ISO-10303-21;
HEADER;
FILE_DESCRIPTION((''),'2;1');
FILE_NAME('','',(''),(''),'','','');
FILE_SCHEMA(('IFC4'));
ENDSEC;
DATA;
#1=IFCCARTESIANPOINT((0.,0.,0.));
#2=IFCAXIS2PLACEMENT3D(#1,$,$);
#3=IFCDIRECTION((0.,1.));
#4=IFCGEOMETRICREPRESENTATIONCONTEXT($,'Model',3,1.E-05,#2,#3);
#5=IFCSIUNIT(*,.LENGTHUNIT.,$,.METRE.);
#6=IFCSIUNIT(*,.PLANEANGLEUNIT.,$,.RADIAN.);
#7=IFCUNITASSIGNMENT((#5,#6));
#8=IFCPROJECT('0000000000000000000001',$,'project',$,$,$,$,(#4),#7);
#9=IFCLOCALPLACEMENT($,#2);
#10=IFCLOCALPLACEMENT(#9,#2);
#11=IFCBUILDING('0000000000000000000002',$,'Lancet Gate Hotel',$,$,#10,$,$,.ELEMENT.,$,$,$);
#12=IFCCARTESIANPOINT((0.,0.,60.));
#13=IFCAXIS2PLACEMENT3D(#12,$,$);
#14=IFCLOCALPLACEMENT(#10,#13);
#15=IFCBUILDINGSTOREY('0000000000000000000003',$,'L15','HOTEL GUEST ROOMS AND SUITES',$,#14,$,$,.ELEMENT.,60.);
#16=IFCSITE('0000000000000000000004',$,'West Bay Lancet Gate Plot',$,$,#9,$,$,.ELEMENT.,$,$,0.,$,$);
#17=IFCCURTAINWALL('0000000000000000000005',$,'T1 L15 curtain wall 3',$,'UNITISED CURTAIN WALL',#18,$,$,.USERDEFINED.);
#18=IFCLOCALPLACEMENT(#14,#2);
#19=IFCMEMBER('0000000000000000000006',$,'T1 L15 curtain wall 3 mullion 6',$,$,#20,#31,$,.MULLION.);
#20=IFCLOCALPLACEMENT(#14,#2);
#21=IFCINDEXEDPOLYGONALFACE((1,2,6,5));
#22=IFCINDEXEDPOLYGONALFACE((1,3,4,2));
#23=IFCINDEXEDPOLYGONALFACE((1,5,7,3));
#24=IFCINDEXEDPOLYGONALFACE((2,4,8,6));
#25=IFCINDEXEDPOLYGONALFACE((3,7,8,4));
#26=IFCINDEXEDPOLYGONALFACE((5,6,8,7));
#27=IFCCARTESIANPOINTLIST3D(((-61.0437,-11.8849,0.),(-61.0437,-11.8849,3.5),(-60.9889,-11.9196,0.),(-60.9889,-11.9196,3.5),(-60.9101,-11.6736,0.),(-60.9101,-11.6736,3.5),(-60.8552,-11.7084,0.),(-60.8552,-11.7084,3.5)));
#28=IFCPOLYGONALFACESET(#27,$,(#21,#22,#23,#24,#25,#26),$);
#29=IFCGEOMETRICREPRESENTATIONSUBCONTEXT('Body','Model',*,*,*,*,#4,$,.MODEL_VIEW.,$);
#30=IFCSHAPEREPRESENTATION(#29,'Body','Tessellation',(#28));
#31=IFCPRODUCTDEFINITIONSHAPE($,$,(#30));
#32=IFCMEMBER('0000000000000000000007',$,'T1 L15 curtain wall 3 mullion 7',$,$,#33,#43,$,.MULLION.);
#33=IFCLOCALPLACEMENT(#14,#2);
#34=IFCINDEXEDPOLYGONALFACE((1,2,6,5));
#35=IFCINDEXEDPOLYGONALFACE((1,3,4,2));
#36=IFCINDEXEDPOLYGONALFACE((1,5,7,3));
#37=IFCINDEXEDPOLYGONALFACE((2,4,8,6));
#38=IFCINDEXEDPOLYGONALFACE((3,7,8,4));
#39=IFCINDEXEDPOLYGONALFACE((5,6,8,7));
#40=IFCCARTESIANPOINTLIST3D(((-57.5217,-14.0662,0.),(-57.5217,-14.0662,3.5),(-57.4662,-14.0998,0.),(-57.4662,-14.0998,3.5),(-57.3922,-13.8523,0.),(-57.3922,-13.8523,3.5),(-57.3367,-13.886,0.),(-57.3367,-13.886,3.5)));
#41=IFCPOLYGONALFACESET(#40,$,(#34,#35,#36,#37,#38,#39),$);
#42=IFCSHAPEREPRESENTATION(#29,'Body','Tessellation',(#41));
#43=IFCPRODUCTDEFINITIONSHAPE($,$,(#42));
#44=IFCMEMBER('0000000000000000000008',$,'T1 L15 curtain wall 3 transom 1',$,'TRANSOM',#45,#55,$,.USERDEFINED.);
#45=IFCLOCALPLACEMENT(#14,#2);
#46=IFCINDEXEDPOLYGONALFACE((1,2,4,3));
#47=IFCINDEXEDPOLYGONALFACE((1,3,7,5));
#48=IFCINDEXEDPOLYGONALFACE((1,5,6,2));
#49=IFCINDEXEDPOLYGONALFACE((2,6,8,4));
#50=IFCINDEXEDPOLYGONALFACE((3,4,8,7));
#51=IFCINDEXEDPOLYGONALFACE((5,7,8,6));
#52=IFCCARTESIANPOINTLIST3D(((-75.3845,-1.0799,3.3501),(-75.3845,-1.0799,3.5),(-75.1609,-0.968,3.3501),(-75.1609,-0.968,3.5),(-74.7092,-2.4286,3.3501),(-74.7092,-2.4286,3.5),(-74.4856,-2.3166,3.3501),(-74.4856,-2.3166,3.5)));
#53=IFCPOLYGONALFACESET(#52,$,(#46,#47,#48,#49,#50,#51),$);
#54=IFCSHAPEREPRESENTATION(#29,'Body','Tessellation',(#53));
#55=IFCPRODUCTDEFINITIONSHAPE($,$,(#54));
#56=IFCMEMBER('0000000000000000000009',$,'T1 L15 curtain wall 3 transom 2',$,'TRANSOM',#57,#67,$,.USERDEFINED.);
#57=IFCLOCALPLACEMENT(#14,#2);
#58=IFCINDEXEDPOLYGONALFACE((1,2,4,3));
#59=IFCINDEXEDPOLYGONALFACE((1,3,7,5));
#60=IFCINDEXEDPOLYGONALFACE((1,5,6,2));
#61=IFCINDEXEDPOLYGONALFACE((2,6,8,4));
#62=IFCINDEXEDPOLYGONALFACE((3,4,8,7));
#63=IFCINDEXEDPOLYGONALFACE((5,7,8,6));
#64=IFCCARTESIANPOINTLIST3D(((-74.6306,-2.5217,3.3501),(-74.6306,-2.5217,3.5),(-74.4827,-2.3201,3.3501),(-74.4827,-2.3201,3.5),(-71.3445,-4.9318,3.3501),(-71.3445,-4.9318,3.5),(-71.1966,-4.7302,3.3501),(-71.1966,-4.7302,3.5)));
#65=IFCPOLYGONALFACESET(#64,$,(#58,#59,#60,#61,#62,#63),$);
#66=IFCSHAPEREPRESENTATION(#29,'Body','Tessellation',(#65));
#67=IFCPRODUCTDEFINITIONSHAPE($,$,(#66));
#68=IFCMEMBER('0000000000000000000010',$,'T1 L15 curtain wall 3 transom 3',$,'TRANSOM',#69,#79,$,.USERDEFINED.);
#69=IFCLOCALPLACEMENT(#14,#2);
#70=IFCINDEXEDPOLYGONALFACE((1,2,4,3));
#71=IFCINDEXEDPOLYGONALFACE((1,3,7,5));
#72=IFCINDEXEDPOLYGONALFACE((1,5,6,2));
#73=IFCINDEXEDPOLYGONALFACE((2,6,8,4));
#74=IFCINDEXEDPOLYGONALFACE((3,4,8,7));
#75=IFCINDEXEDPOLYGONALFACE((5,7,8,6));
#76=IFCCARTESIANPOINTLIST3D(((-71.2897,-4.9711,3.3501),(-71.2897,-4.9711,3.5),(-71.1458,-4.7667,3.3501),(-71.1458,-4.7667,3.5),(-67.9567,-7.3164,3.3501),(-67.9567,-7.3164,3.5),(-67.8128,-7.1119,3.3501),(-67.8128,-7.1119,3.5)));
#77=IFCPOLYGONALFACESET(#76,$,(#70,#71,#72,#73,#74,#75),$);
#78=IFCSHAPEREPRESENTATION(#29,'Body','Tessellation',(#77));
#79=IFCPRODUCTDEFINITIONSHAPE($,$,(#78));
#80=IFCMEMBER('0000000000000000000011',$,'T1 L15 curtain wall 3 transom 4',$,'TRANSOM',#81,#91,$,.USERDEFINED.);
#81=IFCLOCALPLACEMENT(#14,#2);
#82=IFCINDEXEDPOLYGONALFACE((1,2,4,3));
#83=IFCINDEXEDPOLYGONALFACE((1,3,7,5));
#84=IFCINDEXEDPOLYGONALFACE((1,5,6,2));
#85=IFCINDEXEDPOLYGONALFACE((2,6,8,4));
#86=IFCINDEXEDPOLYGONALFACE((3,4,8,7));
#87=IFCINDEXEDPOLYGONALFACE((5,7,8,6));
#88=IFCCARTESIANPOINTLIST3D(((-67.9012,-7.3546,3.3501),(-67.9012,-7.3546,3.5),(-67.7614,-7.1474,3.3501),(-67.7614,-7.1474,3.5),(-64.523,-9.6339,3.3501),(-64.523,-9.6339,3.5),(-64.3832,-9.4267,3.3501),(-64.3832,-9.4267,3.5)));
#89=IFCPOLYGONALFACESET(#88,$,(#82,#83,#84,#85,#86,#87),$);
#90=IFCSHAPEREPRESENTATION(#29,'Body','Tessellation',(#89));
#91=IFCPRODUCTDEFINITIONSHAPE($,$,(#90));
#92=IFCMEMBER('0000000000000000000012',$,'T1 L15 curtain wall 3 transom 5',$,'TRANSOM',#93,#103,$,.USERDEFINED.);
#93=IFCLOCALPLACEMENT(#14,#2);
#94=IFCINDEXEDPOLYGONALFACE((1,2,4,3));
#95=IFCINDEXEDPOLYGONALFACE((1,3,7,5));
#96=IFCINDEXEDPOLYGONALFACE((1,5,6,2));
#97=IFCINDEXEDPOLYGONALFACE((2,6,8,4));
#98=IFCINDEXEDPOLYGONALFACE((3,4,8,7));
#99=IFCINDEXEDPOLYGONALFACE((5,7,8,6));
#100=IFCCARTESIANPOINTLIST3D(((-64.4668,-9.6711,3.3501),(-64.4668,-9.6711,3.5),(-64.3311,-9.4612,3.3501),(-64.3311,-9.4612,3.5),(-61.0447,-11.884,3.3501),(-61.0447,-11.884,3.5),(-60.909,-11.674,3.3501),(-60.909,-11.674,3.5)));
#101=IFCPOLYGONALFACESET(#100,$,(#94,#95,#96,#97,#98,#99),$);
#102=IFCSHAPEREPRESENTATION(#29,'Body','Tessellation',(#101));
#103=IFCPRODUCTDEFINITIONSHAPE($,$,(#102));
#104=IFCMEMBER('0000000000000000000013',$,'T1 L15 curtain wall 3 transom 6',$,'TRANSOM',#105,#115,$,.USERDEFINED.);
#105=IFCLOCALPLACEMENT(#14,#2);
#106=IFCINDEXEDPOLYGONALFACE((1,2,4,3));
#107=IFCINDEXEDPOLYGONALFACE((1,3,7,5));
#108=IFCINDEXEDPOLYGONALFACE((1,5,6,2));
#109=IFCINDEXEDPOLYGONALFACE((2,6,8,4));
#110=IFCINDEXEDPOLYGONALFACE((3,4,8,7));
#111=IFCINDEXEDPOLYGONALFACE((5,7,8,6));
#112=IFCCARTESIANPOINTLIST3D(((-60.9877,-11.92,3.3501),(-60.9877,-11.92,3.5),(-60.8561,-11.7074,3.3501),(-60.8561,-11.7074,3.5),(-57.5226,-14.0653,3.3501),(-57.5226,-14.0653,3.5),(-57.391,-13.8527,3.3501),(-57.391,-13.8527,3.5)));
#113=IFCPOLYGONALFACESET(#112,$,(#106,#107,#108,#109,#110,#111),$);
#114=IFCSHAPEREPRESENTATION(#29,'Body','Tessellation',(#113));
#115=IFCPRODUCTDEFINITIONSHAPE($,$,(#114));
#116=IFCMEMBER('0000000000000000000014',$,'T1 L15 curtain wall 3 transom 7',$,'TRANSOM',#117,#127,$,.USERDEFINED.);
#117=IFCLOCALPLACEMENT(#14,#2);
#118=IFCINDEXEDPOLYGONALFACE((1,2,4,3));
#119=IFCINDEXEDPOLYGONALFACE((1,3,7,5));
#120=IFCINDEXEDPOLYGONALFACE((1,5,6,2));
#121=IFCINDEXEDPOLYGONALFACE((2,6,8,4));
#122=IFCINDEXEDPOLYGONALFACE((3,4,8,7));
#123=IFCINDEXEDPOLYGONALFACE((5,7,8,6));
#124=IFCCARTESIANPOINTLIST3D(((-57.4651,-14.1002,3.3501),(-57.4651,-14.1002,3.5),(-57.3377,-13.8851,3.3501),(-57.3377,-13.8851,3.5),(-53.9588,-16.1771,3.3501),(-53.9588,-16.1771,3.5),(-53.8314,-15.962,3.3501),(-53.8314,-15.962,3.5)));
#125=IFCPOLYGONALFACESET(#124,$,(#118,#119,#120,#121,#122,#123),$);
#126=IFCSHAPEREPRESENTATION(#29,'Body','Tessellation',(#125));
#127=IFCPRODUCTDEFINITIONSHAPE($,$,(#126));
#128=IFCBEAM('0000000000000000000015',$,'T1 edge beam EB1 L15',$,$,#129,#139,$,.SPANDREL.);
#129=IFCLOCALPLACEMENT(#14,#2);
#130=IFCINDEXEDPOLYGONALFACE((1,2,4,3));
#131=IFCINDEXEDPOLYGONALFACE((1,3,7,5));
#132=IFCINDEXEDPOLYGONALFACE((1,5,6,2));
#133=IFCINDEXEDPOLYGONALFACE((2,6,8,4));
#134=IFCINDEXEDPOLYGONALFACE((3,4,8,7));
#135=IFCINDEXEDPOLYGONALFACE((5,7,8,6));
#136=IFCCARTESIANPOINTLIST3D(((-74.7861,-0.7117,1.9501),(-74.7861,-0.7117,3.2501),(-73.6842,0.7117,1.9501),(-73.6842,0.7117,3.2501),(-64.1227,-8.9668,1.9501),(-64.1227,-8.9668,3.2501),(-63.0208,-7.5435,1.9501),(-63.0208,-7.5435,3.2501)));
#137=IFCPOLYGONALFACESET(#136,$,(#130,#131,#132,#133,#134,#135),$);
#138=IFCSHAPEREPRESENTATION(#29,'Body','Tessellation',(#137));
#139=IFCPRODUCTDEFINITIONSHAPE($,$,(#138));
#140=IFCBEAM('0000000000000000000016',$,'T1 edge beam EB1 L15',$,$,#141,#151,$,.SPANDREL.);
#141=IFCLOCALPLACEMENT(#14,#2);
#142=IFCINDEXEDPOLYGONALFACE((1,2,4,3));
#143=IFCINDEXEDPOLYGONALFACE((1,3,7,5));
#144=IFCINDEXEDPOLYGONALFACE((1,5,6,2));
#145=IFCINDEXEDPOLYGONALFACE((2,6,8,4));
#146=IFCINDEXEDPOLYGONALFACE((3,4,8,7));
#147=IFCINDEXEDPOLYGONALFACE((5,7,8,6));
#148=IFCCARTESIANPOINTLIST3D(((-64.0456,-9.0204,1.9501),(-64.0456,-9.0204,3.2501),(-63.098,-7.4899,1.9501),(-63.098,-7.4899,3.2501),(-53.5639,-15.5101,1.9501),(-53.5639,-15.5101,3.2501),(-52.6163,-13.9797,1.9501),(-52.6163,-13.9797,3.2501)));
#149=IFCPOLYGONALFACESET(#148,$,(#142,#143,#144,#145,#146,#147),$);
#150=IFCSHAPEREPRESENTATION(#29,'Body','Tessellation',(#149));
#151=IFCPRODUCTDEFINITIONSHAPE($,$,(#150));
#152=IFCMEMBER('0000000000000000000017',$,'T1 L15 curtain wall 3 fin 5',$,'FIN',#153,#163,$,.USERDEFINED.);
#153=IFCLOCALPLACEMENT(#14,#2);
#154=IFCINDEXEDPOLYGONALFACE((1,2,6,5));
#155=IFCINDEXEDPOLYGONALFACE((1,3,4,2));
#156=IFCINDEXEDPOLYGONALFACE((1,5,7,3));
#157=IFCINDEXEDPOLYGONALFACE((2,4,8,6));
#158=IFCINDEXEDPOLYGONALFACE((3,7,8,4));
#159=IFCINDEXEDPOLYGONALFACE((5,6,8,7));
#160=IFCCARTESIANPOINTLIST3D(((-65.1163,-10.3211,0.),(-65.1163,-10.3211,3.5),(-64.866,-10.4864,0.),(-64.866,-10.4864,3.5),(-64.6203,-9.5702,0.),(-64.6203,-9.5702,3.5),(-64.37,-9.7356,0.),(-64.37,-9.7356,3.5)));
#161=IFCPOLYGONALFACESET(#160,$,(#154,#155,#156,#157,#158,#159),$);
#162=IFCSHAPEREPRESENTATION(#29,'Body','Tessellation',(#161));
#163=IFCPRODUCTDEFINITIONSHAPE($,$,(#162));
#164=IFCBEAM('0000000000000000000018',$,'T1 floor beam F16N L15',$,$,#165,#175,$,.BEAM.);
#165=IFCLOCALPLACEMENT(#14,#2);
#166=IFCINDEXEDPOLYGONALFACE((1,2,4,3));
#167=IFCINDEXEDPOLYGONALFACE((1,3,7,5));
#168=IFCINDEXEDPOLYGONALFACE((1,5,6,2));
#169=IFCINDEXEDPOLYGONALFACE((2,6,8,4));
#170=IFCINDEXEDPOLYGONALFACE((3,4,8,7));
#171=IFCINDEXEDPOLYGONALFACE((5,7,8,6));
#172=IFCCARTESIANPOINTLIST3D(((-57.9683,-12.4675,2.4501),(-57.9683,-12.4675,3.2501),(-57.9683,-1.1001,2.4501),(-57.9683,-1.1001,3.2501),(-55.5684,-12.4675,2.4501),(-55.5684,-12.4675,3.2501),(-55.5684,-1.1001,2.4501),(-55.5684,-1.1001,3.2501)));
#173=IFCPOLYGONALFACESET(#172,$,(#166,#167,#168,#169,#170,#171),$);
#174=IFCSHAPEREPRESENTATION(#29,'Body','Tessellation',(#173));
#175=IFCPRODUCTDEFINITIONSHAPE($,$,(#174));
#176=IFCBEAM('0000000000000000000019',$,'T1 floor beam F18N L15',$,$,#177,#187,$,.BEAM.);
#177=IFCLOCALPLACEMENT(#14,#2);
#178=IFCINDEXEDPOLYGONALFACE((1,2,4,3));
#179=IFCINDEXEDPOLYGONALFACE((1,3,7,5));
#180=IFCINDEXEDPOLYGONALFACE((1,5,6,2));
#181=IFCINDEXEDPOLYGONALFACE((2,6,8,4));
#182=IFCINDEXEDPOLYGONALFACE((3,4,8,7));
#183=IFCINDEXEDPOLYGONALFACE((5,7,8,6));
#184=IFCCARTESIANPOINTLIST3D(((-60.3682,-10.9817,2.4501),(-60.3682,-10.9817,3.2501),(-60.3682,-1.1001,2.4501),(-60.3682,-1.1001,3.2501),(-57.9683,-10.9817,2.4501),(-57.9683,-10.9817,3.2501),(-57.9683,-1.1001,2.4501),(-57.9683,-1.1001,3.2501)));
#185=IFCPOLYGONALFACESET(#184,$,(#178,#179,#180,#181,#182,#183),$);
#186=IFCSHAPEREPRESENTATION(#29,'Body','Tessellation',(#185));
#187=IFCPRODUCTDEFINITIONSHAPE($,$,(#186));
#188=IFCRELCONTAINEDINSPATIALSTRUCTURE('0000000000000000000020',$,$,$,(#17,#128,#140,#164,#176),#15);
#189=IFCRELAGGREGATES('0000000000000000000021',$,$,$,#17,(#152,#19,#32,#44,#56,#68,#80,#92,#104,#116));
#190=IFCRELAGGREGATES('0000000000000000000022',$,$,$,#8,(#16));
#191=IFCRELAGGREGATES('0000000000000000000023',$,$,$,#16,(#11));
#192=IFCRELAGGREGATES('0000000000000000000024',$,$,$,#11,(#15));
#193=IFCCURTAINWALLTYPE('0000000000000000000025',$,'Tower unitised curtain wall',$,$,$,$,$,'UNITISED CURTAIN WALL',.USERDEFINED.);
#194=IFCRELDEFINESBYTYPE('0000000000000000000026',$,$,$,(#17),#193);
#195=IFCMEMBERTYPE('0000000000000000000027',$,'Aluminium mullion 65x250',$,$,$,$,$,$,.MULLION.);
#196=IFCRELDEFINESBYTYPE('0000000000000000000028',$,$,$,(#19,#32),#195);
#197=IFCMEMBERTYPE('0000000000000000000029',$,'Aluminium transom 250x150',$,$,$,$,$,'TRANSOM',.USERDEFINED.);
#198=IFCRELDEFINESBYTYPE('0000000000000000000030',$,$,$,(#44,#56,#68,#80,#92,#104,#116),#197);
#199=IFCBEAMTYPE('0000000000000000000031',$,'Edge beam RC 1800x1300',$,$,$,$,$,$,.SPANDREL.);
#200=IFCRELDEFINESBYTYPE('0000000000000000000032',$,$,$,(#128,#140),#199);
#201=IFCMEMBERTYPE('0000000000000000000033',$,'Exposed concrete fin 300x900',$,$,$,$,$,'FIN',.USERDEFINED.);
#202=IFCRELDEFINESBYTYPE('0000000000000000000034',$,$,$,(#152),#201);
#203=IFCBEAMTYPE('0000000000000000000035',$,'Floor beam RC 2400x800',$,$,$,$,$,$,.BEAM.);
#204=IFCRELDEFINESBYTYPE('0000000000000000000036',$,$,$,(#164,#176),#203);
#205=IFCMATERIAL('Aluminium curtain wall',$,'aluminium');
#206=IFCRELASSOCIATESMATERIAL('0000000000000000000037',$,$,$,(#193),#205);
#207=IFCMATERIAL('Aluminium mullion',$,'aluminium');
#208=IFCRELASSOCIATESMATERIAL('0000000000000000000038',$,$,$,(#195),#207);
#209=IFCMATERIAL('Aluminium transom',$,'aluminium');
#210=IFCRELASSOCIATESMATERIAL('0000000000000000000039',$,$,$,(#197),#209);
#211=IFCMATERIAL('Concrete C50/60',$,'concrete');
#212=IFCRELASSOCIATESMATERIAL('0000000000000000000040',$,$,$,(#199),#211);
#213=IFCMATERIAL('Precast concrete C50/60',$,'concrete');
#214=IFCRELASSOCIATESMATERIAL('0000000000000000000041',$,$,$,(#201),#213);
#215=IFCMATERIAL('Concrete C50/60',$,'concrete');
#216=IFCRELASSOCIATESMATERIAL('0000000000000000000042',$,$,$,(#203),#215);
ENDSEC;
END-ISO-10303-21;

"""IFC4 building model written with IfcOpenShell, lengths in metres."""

from ifc_helpers import new_model, si_unit, direction, frame, origin, origin_2d, place, context, subcontext, project, spatial, rectangle, extrude, material, material_profile, profile_set, type_object, element, aggregate, save


model = new_model("IFC4")

# Units and contexts
model_context = context("Model", 3, precision=1e-05, world=origin(), true_north=direction((0.0, 1.0)))
body_context = subcontext(model_context, "Body", "Model", "MODEL_VIEW")
ifc_project = project(units=[si_unit("LENGTHUNIT", "METRE"), si_unit("PLANEANGLEUNIT", "RADIAN")], contexts=[model_context])

# Site, building, storey
site_placement = place(None, origin())
site = spatial("IfcSite", under=ifc_project, at=site_placement, Name="West Bay Lancet Gate Plot", CompositionType="ELEMENT", RefElevation=0.0)
building_placement = place(site_placement, origin())
building = spatial("IfcBuilding", under=site, at=building_placement, Name="Lancet Gate Hotel", CompositionType="ELEMENT")
storey_placement = place(building_placement, frame((0.0, 0.0, 60.0)))
storey = spatial("IfcBuildingStorey", under=building, at=storey_placement, Name="L15", Description="HOTEL GUEST ROOMS AND SUITES", CompositionType="ELEMENT", Elevation=60.0)

# Curtain wall, members
ifc_material_1 = material(Name="Aluminium curtain wall", Category="aluminium")
curtain_wall_type = type_object("IfcCurtainWallType", Name="Tower unitised curtain wall", ElementType="UNITISED CURTAIN WALL", PredefinedType="USERDEFINED", material=ifc_material_1)
curtain_wall_placement = place(storey_placement, origin())
curtain_wall = element("IfcCurtainWall", 1, at=curtain_wall_placement, inside=storey, type_object=curtain_wall_type, Name="T1 L15 curtain wall 3", ObjectType="UNITISED CURTAIN WALL", PredefinedType="USERDEFINED")
ifc_material_2 = material(Name="Aluminium mullion", Category="aluminium")
ifc_material_profile_1 = material_profile(ifc_material_2, rectangle(XDim=0.0649, YDim=0.25, at=origin_2d()), Name="MULLION 65x250")
ifc_profile_set_1 = profile_set([ifc_material_profile_1], Name="Aluminium mullion")
member_type_1 = type_object("IfcMemberType", Name="Aluminium mullion 65x250", PredefinedType="MULLION", material=ifc_profile_set_1)
member_1_placement = place(storey_placement, frame((-60.9495, -11.7966, 0.0), z_axis=(0.0, 0.0, 1.0), x_axis=(0.845029, -0.53472, 0.0)))
member_1 = element("IfcMember", 2, at=member_1_placement, type_object=member_type_1, Name="T1 L15 curtain wall 3 mullion 6", PredefinedType="MULLION", context=body_context, shape_type="SweptSolid", body=[
    extrude(rectangle(XDim=0.0649, YDim=0.25, at=origin_2d()), origin(), (0.0, 0.0, 1.0), 3.5),
])
member_2_placement = place(storey_placement, frame((-57.4292, -13.9761, 0.0), z_axis=(0.0, 0.0, 1.0), x_axis=(0.855346, -0.518057, 0.0)))
member_2 = element("IfcMember", 3, at=member_2_placement, type_object=member_type_1, Name="T1 L15 curtain wall 3 mullion 7", PredefinedType="MULLION", context=body_context, shape_type="SweptSolid", body=[
    extrude(rectangle(XDim=0.0649, YDim=0.25, at=origin_2d()), origin(), (0.0, 0.0, 1.0), 3.5),
])
ifc_material_3 = material(Name="Aluminium transom", Category="aluminium")
ifc_material_profile_2 = material_profile(ifc_material_3, rectangle(XDim=0.25, YDim=0.1499, at=origin_2d()), Name="TRANSOM 250x150")
ifc_profile_set_2 = profile_set([ifc_material_profile_2], Name="Aluminium transom")
member_type_2 = type_object("IfcMemberType", Name="Aluminium transom 250x150", ElementType="TRANSOM", PredefinedType="USERDEFINED", material=ifc_profile_set_2)
member_3_placement = place(storey_placement, frame((-75.2727, -1.0239, 3.425), z_axis=(0.447732, -0.894168, 0.0), x_axis=(0.894168, 0.447732, 0.0)))
member_3 = element("IfcMember", 4, at=member_3_placement, type_object=member_type_2, Name="T1 L15 curtain wall 3 transom 1", ObjectType="TRANSOM", PredefinedType="USERDEFINED", context=body_context, shape_type="SweptSolid", body=[
    extrude(rectangle(XDim=0.25, YDim=0.1499, at=origin_2d()), origin(), (0.0, 0.0, 1.0), 1.5083),
])
member_4_placement = place(storey_placement, frame((-74.5566, -2.4209, 3.425), z_axis=(0.806367, -0.591416, 0.0), x_axis=(0.591416, 0.806367, 0.0)))
member_4 = element("IfcMember", 5, at=member_4_placement, type_object=member_type_2, Name="T1 L15 curtain wall 3 transom 2", ObjectType="TRANSOM", PredefinedType="USERDEFINED", context=body_context, shape_type="SweptSolid", body=[
    extrude(rectangle(XDim=0.25, YDim=0.1499, at=origin_2d()), origin(), (0.0, 0.0, 1.0), 4.0752),
])
member_5_placement = place(storey_placement, frame((-71.2178, -4.8689, 3.425), z_axis=(0.817834, -0.575455, 0.0), x_axis=(0.575455, 0.817834, 0.0)))
member_5 = element("IfcMember", 6, at=member_5_placement, type_object=member_type_2, Name="T1 L15 curtain wall 3 transom 3", ObjectType="TRANSOM", PredefinedType="USERDEFINED", context=body_context, shape_type="SweptSolid", body=[
    extrude(rectangle(XDim=0.25, YDim=0.1499, at=origin_2d()), origin(), (0.0, 0.0, 1.0), 4.0754),
])
member_6_placement = place(storey_placement, frame((-67.8313, -7.251, 3.425), z_axis=(0.828959, -0.559309, 0.0), x_axis=(0.559309, 0.828959, 0.0)))
member_6 = element("IfcMember", 7, at=member_6_placement, type_object=member_type_2, Name="T1 L15 curtain wall 3 transom 4", ObjectType="TRANSOM", PredefinedType="USERDEFINED", context=body_context, shape_type="SweptSolid", body=[
    extrude(rectangle(XDim=0.25, YDim=0.1499, at=origin_2d()), origin(), (0.0, 0.0, 1.0), 4.0752),
])
member_7_placement = place(storey_placement, frame((-64.3989, -9.5662, 3.425), z_axis=(0.839729, -0.543005, 0.0), x_axis=(0.543005, 0.839729, 0.0)))
member_7 = element("IfcMember", 8, at=member_7_placement, type_object=member_type_2, Name="T1 L15 curtain wall 3 transom 5", ObjectType="TRANSOM", PredefinedType="USERDEFINED", context=body_context, shape_type="SweptSolid", body=[
    extrude(rectangle(XDim=0.25, YDim=0.1499, at=origin_2d()), origin(), (0.0, 0.0, 1.0), 4.0752),
])
member_8_placement = place(storey_placement, frame((-60.9219, -11.8137, 3.425), z_axis=(0.850242, -0.526392, 0.0), x_axis=(0.526392, 0.850242, 0.0)))
member_8 = element("IfcMember", 9, at=member_8_placement, type_object=member_type_2, Name="T1 L15 curtain wall 3 transom 6", ObjectType="TRANSOM", PredefinedType="USERDEFINED", context=body_context, shape_type="SweptSolid", body=[
    extrude(rectangle(XDim=0.25, YDim=0.1499, at=origin_2d()), origin(), (0.0, 0.0, 1.0), 4.0754),
])
member_9_placement = place(storey_placement, frame((-57.4014, -13.9927, 3.425), z_axis=(0.860392, -0.509633, 0.0), x_axis=(0.509633, 0.860392, 0.0)))
member_9 = element("IfcMember", 10, at=member_9_placement, type_object=member_type_2, Name="T1 L15 curtain wall 3 transom 7", ObjectType="TRANSOM", PredefinedType="USERDEFINED", context=body_context, shape_type="SweptSolid", body=[
    extrude(rectangle(XDim=0.25, YDim=0.1499, at=origin_2d()), origin(), (0.0, 0.0, 1.0), 4.0752),
])

# Beams
ifc_material_4 = material(Name="Concrete C50/60", Category="concrete")
ifc_material_profile_3 = material_profile(ifc_material_4, rectangle(XDim=1.8, YDim=1.3, at=origin_2d()), Name="RC 1800x1300")
ifc_profile_set_3 = profile_set([ifc_material_profile_3], Name="Concrete C50/60")
beam_type_1 = type_object("IfcBeamType", Name="Edge beam RC 1800x1300", PredefinedType="SPANDREL", material=ifc_profile_set_3)
beam_1_placement = place(storey_placement, frame((-74.2351, 0.0, 2.6001), z_axis=(0.790736, -0.612157, 0.0), x_axis=(0.612157, 0.790736, 0.0)))
element("IfcBeam", 11, at=beam_1_placement, inside=storey, type_object=beam_type_1, Name="T1 edge beam EB1 L15", PredefinedType="SPANDREL", context=body_context, shape_type="SweptSolid", body=[
    extrude(rectangle(XDim=1.8, YDim=1.3, at=origin_2d()), origin(), (0.0, 0.0, 1.0), 13.4854),
])
beam_2_placement = place(storey_placement, frame((-63.5718, -8.2551, 2.6001), z_axis=(0.850226, -0.526418, 0.0), x_axis=(0.526418, 0.850226, 0.0)))
element("IfcBeam", 12, at=beam_2_placement, inside=storey, type_object=beam_type_1, Name="T1 edge beam EB1 L15", PredefinedType="SPANDREL", context=body_context, shape_type="SweptSolid", body=[
    extrude(rectangle(XDim=1.8, YDim=1.3, at=origin_2d()), origin(), (0.0, 0.0, 1.0), 12.3281),
])

# Member
ifc_material_5 = material(Name="Precast concrete C50/60", Category="concrete")
ifc_material_profile_4 = material_profile(ifc_material_5, rectangle(XDim=0.3, YDim=0.8999, at=origin_2d()), Name="FIN 300x900")
ifc_profile_set_4 = profile_set([ifc_material_profile_4], Name="Precast concrete C50/60")
member_type_3 = type_object("IfcMemberType", Name="Exposed concrete fin 300x900", ElementType="FIN", PredefinedType="USERDEFINED", material=ifc_profile_set_4)
member_10_placement = place(storey_placement, frame((-64.7432, -10.0283, 0.0), z_axis=(0.0, 0.0, 1.0), x_axis=(0.834387, -0.551178, 0.0)))
member_10 = element("IfcMember", 13, at=member_10_placement, type_object=member_type_3, Name="T1 L15 curtain wall 3 fin 5", ObjectType="FIN", PredefinedType="USERDEFINED", context=body_context, shape_type="SweptSolid", body=[
    extrude(rectangle(XDim=0.3, YDim=0.8999, at=origin_2d()), origin(), (0.0, 0.0, 1.0), 3.5),
])

# Beams
ifc_material_6 = material(Name="Concrete C50/60", Category="concrete")
ifc_material_profile_5 = material_profile(ifc_material_6, rectangle(XDim=2.3999, YDim=0.8, at=origin_2d()), Name="RC 2400x800")
ifc_profile_set_5 = profile_set([ifc_material_profile_5], Name="Concrete C50/60")
beam_type_2 = type_object("IfcBeamType", Name="Floor beam RC 2400x800", PredefinedType="BEAM", material=ifc_profile_set_5)
beam_3_placement = place(storey_placement, frame((-56.7683, -1.1001, 2.8501), z_axis=(0.0, -1.0, 0.0), x_axis=(1.0, 0.0, 0.0)))
element("IfcBeam", 14, at=beam_3_placement, inside=storey, type_object=beam_type_2, Name="T1 floor beam F16N L15", PredefinedType="BEAM", context=body_context, shape_type="SweptSolid", body=[
    extrude(rectangle(XDim=2.3999, YDim=0.8, at=origin_2d()), origin(), (0.0, 0.0, 1.0), 11.3674),
])
beam_4_placement = place(storey_placement, frame((-59.1682, -1.1001, 2.8501), z_axis=(0.0, -1.0, 0.0), x_axis=(1.0, 0.0, 0.0)))
element("IfcBeam", 15, at=beam_4_placement, inside=storey, type_object=beam_type_2, Name="T1 floor beam F18N L15", PredefinedType="BEAM", context=body_context, shape_type="SweptSolid", body=[
    extrude(rectangle(XDim=2.3999, YDim=0.8, at=origin_2d()), origin(), (0.0, 0.0, 1.0), 9.8816),
])

aggregate(curtain_wall, [member_10, member_1, member_2, member_3, member_4, member_5, member_6, member_7, member_8, member_9])

save(model, "model.ifc")
